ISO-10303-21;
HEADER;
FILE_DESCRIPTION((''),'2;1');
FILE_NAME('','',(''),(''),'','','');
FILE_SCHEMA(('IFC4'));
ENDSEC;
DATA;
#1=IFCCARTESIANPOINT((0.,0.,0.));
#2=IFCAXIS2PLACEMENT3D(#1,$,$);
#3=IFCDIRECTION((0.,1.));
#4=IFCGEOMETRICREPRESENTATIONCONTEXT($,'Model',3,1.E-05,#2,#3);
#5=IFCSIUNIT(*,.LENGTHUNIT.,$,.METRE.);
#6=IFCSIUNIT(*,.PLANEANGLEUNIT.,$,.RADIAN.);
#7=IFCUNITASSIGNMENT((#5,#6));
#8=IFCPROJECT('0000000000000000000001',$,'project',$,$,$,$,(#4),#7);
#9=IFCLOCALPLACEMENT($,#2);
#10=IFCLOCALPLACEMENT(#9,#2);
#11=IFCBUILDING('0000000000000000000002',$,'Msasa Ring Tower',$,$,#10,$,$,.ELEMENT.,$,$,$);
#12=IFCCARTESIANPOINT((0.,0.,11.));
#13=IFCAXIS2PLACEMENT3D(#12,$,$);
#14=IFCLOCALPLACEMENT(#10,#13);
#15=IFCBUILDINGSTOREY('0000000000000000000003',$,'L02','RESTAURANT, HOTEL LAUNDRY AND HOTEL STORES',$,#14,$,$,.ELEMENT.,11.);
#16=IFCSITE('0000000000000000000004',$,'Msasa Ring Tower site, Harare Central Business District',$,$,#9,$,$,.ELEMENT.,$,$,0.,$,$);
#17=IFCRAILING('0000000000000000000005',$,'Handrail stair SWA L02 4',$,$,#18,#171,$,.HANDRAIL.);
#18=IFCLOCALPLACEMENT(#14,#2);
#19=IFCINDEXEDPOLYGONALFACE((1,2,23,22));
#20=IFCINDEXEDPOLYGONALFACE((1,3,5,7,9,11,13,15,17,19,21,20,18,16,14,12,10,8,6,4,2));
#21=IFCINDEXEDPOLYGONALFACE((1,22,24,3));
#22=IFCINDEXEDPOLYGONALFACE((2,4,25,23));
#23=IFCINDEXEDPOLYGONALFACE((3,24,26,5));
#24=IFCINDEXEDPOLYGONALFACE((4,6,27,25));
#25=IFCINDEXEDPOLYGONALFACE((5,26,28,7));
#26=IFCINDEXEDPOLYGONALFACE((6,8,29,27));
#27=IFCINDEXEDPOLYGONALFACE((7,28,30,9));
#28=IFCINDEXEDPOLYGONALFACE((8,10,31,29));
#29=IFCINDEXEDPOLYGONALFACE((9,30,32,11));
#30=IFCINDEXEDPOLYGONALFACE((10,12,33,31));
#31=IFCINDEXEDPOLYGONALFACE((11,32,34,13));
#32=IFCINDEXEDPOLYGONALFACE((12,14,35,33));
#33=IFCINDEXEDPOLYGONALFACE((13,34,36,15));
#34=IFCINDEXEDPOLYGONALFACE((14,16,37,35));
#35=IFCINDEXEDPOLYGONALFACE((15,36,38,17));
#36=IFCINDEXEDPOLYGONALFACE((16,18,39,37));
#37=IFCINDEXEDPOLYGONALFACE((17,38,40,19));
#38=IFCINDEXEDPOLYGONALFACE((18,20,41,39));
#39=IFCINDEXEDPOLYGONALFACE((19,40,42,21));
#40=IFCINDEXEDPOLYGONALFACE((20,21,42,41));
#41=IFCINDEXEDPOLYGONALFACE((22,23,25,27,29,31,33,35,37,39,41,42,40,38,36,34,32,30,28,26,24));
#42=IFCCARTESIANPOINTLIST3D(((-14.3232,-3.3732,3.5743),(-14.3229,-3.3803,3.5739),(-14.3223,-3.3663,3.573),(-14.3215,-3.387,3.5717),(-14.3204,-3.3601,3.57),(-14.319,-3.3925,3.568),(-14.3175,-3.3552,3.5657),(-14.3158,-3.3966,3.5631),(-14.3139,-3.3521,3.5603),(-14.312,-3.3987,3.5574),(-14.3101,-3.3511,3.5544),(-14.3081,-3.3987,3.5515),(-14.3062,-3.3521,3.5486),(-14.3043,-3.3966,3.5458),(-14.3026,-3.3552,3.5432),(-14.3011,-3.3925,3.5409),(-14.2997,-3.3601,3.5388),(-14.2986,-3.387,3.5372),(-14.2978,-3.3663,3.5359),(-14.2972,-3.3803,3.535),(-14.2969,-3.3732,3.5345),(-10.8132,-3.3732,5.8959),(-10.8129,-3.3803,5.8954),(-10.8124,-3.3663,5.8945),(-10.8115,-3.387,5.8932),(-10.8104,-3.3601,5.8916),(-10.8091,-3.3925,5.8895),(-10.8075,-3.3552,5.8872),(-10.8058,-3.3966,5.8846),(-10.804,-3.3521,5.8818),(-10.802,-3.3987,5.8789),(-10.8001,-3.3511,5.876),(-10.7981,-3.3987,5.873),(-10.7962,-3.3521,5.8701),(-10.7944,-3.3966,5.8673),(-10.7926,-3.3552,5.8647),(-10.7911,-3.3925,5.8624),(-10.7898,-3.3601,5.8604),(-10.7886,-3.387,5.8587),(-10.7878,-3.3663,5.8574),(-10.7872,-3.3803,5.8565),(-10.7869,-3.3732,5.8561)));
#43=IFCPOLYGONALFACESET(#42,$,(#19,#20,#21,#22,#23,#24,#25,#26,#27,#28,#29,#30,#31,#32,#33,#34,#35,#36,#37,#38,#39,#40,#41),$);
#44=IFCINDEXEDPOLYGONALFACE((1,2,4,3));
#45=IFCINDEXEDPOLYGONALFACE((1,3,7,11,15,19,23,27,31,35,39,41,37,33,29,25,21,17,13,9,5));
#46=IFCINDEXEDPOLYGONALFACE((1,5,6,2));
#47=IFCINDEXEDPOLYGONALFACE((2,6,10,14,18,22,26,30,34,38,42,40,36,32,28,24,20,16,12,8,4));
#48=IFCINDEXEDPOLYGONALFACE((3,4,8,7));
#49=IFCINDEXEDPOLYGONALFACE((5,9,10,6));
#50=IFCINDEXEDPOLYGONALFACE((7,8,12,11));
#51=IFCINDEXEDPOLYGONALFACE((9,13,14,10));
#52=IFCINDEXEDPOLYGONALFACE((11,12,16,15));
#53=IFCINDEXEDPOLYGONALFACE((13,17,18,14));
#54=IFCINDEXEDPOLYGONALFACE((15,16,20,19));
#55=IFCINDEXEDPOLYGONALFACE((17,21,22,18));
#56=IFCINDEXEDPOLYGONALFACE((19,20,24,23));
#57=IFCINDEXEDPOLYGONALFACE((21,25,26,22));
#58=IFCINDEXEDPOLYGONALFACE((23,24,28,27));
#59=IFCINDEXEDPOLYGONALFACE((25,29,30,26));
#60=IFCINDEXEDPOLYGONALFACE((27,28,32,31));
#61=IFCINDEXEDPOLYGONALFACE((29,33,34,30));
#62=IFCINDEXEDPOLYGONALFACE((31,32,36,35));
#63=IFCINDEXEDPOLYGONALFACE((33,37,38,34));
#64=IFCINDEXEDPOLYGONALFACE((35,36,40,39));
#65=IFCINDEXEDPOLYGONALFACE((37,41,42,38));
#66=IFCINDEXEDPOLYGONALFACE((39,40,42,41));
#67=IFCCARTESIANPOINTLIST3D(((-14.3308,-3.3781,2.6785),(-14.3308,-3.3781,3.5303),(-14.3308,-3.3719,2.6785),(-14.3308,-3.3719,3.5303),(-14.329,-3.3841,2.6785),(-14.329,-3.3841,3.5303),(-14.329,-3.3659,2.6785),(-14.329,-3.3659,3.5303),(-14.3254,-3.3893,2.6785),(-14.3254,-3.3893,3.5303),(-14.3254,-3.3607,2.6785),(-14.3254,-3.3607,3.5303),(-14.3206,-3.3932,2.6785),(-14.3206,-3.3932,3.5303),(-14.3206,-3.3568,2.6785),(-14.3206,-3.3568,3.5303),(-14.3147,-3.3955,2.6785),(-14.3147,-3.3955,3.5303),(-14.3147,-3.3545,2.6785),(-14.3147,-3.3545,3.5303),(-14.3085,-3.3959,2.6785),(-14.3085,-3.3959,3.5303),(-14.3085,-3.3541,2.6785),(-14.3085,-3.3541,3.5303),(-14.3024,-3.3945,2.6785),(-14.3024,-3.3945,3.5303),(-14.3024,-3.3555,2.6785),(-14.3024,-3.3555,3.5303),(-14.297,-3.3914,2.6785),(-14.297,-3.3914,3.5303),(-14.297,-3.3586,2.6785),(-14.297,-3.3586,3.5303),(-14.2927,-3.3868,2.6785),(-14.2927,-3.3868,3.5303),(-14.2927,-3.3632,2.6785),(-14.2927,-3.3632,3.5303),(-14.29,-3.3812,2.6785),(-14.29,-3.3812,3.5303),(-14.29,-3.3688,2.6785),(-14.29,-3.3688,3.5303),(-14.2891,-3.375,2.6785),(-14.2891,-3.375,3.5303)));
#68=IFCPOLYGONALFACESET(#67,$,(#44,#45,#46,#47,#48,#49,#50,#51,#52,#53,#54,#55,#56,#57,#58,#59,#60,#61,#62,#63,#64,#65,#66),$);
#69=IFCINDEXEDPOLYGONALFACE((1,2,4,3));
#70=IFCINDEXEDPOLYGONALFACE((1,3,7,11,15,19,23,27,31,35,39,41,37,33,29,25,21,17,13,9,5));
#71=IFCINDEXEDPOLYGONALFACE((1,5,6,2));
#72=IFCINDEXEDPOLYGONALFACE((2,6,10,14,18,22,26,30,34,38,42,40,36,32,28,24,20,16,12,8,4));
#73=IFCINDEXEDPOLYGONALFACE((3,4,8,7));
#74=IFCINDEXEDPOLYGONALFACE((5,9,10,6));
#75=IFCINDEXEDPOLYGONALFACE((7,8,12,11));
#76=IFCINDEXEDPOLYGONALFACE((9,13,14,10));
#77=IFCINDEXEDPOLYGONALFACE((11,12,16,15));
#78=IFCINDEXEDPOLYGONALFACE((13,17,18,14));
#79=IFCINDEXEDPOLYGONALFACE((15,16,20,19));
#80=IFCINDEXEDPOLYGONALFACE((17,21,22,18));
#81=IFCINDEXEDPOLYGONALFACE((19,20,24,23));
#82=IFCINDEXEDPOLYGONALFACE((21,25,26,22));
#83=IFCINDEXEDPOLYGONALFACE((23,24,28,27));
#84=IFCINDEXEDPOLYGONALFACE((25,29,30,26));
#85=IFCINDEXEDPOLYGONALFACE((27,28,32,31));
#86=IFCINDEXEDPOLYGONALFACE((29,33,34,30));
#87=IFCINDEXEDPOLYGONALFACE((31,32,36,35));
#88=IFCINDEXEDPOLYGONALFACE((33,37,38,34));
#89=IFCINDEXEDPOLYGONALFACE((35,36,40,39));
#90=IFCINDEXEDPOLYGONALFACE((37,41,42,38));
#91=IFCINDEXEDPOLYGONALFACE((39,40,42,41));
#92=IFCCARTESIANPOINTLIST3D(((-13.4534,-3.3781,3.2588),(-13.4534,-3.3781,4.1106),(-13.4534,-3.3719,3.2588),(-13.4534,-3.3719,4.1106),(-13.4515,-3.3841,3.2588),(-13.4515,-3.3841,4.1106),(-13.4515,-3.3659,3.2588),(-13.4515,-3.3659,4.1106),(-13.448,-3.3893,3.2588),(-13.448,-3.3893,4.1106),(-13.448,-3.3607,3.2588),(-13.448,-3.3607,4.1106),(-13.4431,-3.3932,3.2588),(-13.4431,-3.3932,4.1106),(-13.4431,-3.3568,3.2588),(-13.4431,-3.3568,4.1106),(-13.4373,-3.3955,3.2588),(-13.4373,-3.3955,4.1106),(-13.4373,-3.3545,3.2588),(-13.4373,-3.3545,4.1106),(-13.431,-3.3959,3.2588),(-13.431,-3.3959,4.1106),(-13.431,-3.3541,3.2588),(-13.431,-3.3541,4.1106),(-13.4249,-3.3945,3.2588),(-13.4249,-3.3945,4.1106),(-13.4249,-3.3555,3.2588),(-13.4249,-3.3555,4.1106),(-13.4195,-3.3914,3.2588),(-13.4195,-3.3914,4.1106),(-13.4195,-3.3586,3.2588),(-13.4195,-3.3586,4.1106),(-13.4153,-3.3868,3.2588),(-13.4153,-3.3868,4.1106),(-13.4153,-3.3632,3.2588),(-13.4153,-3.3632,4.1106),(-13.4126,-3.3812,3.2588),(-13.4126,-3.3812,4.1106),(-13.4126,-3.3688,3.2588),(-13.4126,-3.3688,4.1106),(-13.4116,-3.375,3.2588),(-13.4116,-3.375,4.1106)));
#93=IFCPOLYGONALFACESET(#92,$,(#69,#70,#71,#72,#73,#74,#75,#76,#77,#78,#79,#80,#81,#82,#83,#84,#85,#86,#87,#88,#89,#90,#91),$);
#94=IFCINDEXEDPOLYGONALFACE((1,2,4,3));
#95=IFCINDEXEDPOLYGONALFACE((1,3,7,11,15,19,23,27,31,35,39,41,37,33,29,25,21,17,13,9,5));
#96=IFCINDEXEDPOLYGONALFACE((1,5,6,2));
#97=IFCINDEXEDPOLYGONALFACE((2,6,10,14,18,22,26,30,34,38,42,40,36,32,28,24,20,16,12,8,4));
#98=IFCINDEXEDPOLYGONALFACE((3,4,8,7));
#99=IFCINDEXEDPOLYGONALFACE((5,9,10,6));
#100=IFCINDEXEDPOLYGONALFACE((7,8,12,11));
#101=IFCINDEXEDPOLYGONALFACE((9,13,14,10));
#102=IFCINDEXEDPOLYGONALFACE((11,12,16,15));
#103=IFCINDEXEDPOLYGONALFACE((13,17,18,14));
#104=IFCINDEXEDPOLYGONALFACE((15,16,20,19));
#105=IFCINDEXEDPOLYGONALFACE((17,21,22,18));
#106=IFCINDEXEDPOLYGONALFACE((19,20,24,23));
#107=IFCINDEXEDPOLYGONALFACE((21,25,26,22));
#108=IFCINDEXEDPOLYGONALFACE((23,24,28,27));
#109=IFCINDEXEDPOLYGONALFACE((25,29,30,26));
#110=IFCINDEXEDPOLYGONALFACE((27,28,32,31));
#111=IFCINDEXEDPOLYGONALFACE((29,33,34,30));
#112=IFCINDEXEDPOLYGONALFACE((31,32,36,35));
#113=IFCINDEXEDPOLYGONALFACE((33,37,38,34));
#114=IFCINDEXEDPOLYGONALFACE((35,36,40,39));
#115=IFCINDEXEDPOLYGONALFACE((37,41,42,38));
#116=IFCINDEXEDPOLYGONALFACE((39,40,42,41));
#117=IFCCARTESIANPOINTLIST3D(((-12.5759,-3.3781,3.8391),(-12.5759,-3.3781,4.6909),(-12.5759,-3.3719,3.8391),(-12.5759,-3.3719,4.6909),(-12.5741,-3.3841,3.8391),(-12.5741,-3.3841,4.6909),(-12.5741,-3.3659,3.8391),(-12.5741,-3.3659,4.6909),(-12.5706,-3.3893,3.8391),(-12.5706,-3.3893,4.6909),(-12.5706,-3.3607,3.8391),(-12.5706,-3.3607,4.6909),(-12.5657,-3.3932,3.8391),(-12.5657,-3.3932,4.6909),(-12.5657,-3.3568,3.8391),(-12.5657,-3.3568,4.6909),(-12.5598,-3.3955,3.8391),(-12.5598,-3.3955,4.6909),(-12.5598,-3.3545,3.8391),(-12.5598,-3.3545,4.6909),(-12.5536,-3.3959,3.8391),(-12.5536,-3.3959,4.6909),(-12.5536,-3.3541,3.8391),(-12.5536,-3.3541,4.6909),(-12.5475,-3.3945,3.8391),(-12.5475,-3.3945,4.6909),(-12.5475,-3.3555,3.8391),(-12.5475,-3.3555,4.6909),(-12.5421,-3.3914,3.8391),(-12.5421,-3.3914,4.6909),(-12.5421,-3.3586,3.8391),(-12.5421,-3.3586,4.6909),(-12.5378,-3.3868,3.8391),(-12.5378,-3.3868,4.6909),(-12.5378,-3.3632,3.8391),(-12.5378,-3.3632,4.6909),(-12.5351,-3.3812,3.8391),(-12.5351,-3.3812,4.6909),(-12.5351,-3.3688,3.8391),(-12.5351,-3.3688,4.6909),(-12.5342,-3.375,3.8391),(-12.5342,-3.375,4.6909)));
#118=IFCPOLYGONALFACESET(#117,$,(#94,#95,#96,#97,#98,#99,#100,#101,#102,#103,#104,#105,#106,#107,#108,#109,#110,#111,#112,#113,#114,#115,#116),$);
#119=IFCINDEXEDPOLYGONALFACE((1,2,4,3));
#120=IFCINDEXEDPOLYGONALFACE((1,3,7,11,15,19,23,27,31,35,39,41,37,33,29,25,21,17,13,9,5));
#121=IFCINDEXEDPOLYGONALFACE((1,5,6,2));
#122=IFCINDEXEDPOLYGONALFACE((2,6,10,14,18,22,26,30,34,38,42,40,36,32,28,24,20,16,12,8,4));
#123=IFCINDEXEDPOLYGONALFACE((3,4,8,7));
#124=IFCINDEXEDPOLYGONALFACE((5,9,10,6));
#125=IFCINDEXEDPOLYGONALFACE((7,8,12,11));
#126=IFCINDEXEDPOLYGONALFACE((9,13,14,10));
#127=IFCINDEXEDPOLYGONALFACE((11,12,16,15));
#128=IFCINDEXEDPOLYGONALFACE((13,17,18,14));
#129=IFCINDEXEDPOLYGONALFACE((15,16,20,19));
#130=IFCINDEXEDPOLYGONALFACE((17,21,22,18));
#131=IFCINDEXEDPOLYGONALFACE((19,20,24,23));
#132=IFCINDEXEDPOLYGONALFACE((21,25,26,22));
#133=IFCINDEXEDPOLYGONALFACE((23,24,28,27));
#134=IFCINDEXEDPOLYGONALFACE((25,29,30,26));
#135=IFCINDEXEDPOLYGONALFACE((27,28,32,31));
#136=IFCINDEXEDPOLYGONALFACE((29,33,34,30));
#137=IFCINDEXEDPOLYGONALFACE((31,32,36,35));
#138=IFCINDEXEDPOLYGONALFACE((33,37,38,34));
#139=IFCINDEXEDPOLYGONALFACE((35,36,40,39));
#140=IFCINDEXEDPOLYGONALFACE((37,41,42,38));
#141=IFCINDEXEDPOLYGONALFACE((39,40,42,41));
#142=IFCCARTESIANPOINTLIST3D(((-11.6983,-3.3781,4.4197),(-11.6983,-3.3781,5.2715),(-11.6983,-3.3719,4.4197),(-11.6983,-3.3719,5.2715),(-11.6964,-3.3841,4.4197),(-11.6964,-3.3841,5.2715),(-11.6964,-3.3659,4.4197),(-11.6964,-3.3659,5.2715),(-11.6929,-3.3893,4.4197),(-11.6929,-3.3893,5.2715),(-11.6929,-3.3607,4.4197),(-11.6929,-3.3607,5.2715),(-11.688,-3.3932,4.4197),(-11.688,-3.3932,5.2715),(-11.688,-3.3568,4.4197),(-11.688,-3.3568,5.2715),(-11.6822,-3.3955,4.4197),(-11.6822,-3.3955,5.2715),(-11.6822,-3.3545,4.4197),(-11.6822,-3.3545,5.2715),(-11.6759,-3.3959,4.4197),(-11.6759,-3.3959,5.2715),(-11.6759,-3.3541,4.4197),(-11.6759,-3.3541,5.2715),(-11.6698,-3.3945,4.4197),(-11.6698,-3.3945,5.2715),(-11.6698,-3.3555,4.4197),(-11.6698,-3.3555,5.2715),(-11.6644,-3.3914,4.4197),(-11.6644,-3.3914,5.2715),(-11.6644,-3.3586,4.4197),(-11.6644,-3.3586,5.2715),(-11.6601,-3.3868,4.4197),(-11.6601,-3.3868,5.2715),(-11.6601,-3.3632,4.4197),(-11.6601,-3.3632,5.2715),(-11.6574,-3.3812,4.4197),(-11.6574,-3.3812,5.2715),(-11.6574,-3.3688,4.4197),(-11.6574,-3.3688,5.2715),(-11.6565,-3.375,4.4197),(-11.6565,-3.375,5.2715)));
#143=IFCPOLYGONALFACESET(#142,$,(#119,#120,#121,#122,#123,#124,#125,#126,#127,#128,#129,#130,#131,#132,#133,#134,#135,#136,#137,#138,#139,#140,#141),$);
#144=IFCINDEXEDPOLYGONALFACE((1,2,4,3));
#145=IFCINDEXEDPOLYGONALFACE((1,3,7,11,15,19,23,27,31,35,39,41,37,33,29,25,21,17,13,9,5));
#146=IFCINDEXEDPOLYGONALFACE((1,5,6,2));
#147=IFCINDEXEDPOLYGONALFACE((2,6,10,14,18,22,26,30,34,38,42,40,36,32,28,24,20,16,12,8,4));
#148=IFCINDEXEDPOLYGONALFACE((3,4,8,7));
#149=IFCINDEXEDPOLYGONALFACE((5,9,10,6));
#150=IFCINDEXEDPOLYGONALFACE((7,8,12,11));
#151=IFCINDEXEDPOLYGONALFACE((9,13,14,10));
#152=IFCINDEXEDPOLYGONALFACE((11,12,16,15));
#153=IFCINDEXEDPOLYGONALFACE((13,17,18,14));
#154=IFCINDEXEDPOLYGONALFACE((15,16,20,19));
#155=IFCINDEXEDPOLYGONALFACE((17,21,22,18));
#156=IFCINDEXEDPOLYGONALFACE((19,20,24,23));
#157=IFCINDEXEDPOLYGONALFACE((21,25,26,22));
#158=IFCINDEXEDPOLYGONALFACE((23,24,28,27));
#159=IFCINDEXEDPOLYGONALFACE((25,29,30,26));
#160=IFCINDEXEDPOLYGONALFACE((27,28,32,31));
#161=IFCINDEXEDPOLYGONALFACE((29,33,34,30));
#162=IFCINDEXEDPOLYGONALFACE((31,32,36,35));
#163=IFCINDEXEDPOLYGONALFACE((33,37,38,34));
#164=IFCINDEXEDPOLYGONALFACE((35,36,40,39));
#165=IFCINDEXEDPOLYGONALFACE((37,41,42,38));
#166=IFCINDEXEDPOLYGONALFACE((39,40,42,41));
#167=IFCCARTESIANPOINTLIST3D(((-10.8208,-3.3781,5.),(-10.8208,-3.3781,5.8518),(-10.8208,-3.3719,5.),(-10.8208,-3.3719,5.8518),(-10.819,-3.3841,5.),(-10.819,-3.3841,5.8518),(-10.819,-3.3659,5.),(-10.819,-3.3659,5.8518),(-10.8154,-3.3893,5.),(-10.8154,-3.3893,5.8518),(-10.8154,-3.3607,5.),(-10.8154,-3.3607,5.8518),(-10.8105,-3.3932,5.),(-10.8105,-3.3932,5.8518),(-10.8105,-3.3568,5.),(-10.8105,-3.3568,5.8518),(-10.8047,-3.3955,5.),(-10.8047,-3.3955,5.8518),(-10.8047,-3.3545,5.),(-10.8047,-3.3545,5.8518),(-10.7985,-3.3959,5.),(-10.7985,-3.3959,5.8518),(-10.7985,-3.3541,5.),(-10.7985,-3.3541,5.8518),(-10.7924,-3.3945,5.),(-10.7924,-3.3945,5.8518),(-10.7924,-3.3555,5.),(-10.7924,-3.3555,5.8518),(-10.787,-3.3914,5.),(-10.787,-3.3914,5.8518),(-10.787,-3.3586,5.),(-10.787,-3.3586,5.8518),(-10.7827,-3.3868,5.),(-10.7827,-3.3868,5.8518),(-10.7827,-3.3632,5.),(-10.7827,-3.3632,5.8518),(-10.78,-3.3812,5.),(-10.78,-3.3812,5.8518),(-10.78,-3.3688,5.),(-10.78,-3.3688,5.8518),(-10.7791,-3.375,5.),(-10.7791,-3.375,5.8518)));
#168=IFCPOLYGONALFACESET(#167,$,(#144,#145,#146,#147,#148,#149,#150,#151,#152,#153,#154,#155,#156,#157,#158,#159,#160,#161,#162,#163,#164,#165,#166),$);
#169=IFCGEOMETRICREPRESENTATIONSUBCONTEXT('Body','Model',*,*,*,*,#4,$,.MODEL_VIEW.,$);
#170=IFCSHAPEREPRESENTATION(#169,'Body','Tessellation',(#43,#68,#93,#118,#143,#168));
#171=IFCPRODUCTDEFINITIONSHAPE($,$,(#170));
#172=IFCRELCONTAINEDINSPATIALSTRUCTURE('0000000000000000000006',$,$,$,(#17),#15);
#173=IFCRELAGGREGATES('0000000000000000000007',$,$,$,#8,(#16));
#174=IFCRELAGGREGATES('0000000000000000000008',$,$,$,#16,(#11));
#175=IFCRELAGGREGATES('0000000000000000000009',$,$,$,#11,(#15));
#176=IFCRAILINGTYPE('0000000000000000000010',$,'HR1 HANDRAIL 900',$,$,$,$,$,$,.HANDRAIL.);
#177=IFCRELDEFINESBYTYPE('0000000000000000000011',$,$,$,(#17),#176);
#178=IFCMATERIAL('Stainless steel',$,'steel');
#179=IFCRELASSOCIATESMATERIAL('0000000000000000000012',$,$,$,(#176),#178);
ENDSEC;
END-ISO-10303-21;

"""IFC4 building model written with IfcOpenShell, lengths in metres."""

from ifc_helpers import new_model, si_unit, direction, frame, origin, origin_2d, place, context, subcontext, project, spatial, circle, extrude, material, type_object, element, save


model = new_model("IFC4")

# Units and contexts
model_context = context("Model", 3, precision=1e-05, world=origin(), true_north=direction((0.0, 1.0)))
body_context = subcontext(model_context, "Body", "Model", "MODEL_VIEW")
ifc_project = project(units=[si_unit("LENGTHUNIT", "METRE"), si_unit("PLANEANGLEUNIT", "RADIAN")], contexts=[model_context])

# Site, building, storey
site_placement = place(None, origin())
site = spatial("IfcSite", under=ifc_project, at=site_placement, Name="Msasa Ring Tower site, Harare Central Business District", CompositionType="ELEMENT", RefElevation=0.0)
building_placement = place(site_placement, origin())
building = spatial("IfcBuilding", under=site, at=building_placement, Name="Msasa Ring Tower", CompositionType="ELEMENT")
storey_placement = place(building_placement, frame((0.0, 0.0, 11.0)))
storey = spatial("IfcBuildingStorey", under=building, at=storey_placement, Name="L02", Description="RESTAURANT, HOTEL LAUNDRY AND HOTEL STORES", CompositionType="ELEMENT", Elevation=11.0)

# Railing
ifc_material_1 = material(Name="Stainless steel", Category="steel")
railing_type = type_object("IfcRailingType", Name="HR1 HANDRAIL 900", PredefinedType="HANDRAIL", material=ifc_material_1)
for number, where, name in (
    (1, (-14.3101, -3.375, 2.6785), "Handrail stair SWA L02 4"),
):
    element("IfcRailing", number, at=place(storey_placement, frame(where)), inside=storey, type_object=railing_type, Name=name, PredefinedType="HANDRAIL", context=body_context, shape_type="SweptSolid", body=[
        extrude(circle(Radius=0.0239, at=origin_2d()), frame((0.0, 0.0, 0.876), z_axis=(0.834071, 0.0, 0.551657), x_axis=(0.0, 1.0, 0.0)), (0.0, 0.0, 1.0), 4.2083),
        extrude(circle(Radius=0.021, at=origin_2d()), origin(), (0.0, 0.0, 1.0), 0.8518),
        extrude(circle(Radius=0.021, at=origin_2d()), frame((0.8774, 0.0, 0.5803)), (0.0, 0.0, 1.0), 0.8518),
        extrude(circle(Radius=0.021, at=origin_2d()), frame((1.7549, 0.0, 1.1606)), (0.0, 0.0, 1.0), 0.8518),
        extrude(circle(Radius=0.021, at=origin_2d()), frame((2.6326, 0.0, 1.7412)), (0.0, 0.0, 1.0), 0.8518),
        extrude(circle(Radius=0.021, at=origin_2d()), frame((3.51, 0.0, 2.3215)), (0.0, 0.0, 1.0), 0.8518),
    ])

save(model, "model.ifc")
